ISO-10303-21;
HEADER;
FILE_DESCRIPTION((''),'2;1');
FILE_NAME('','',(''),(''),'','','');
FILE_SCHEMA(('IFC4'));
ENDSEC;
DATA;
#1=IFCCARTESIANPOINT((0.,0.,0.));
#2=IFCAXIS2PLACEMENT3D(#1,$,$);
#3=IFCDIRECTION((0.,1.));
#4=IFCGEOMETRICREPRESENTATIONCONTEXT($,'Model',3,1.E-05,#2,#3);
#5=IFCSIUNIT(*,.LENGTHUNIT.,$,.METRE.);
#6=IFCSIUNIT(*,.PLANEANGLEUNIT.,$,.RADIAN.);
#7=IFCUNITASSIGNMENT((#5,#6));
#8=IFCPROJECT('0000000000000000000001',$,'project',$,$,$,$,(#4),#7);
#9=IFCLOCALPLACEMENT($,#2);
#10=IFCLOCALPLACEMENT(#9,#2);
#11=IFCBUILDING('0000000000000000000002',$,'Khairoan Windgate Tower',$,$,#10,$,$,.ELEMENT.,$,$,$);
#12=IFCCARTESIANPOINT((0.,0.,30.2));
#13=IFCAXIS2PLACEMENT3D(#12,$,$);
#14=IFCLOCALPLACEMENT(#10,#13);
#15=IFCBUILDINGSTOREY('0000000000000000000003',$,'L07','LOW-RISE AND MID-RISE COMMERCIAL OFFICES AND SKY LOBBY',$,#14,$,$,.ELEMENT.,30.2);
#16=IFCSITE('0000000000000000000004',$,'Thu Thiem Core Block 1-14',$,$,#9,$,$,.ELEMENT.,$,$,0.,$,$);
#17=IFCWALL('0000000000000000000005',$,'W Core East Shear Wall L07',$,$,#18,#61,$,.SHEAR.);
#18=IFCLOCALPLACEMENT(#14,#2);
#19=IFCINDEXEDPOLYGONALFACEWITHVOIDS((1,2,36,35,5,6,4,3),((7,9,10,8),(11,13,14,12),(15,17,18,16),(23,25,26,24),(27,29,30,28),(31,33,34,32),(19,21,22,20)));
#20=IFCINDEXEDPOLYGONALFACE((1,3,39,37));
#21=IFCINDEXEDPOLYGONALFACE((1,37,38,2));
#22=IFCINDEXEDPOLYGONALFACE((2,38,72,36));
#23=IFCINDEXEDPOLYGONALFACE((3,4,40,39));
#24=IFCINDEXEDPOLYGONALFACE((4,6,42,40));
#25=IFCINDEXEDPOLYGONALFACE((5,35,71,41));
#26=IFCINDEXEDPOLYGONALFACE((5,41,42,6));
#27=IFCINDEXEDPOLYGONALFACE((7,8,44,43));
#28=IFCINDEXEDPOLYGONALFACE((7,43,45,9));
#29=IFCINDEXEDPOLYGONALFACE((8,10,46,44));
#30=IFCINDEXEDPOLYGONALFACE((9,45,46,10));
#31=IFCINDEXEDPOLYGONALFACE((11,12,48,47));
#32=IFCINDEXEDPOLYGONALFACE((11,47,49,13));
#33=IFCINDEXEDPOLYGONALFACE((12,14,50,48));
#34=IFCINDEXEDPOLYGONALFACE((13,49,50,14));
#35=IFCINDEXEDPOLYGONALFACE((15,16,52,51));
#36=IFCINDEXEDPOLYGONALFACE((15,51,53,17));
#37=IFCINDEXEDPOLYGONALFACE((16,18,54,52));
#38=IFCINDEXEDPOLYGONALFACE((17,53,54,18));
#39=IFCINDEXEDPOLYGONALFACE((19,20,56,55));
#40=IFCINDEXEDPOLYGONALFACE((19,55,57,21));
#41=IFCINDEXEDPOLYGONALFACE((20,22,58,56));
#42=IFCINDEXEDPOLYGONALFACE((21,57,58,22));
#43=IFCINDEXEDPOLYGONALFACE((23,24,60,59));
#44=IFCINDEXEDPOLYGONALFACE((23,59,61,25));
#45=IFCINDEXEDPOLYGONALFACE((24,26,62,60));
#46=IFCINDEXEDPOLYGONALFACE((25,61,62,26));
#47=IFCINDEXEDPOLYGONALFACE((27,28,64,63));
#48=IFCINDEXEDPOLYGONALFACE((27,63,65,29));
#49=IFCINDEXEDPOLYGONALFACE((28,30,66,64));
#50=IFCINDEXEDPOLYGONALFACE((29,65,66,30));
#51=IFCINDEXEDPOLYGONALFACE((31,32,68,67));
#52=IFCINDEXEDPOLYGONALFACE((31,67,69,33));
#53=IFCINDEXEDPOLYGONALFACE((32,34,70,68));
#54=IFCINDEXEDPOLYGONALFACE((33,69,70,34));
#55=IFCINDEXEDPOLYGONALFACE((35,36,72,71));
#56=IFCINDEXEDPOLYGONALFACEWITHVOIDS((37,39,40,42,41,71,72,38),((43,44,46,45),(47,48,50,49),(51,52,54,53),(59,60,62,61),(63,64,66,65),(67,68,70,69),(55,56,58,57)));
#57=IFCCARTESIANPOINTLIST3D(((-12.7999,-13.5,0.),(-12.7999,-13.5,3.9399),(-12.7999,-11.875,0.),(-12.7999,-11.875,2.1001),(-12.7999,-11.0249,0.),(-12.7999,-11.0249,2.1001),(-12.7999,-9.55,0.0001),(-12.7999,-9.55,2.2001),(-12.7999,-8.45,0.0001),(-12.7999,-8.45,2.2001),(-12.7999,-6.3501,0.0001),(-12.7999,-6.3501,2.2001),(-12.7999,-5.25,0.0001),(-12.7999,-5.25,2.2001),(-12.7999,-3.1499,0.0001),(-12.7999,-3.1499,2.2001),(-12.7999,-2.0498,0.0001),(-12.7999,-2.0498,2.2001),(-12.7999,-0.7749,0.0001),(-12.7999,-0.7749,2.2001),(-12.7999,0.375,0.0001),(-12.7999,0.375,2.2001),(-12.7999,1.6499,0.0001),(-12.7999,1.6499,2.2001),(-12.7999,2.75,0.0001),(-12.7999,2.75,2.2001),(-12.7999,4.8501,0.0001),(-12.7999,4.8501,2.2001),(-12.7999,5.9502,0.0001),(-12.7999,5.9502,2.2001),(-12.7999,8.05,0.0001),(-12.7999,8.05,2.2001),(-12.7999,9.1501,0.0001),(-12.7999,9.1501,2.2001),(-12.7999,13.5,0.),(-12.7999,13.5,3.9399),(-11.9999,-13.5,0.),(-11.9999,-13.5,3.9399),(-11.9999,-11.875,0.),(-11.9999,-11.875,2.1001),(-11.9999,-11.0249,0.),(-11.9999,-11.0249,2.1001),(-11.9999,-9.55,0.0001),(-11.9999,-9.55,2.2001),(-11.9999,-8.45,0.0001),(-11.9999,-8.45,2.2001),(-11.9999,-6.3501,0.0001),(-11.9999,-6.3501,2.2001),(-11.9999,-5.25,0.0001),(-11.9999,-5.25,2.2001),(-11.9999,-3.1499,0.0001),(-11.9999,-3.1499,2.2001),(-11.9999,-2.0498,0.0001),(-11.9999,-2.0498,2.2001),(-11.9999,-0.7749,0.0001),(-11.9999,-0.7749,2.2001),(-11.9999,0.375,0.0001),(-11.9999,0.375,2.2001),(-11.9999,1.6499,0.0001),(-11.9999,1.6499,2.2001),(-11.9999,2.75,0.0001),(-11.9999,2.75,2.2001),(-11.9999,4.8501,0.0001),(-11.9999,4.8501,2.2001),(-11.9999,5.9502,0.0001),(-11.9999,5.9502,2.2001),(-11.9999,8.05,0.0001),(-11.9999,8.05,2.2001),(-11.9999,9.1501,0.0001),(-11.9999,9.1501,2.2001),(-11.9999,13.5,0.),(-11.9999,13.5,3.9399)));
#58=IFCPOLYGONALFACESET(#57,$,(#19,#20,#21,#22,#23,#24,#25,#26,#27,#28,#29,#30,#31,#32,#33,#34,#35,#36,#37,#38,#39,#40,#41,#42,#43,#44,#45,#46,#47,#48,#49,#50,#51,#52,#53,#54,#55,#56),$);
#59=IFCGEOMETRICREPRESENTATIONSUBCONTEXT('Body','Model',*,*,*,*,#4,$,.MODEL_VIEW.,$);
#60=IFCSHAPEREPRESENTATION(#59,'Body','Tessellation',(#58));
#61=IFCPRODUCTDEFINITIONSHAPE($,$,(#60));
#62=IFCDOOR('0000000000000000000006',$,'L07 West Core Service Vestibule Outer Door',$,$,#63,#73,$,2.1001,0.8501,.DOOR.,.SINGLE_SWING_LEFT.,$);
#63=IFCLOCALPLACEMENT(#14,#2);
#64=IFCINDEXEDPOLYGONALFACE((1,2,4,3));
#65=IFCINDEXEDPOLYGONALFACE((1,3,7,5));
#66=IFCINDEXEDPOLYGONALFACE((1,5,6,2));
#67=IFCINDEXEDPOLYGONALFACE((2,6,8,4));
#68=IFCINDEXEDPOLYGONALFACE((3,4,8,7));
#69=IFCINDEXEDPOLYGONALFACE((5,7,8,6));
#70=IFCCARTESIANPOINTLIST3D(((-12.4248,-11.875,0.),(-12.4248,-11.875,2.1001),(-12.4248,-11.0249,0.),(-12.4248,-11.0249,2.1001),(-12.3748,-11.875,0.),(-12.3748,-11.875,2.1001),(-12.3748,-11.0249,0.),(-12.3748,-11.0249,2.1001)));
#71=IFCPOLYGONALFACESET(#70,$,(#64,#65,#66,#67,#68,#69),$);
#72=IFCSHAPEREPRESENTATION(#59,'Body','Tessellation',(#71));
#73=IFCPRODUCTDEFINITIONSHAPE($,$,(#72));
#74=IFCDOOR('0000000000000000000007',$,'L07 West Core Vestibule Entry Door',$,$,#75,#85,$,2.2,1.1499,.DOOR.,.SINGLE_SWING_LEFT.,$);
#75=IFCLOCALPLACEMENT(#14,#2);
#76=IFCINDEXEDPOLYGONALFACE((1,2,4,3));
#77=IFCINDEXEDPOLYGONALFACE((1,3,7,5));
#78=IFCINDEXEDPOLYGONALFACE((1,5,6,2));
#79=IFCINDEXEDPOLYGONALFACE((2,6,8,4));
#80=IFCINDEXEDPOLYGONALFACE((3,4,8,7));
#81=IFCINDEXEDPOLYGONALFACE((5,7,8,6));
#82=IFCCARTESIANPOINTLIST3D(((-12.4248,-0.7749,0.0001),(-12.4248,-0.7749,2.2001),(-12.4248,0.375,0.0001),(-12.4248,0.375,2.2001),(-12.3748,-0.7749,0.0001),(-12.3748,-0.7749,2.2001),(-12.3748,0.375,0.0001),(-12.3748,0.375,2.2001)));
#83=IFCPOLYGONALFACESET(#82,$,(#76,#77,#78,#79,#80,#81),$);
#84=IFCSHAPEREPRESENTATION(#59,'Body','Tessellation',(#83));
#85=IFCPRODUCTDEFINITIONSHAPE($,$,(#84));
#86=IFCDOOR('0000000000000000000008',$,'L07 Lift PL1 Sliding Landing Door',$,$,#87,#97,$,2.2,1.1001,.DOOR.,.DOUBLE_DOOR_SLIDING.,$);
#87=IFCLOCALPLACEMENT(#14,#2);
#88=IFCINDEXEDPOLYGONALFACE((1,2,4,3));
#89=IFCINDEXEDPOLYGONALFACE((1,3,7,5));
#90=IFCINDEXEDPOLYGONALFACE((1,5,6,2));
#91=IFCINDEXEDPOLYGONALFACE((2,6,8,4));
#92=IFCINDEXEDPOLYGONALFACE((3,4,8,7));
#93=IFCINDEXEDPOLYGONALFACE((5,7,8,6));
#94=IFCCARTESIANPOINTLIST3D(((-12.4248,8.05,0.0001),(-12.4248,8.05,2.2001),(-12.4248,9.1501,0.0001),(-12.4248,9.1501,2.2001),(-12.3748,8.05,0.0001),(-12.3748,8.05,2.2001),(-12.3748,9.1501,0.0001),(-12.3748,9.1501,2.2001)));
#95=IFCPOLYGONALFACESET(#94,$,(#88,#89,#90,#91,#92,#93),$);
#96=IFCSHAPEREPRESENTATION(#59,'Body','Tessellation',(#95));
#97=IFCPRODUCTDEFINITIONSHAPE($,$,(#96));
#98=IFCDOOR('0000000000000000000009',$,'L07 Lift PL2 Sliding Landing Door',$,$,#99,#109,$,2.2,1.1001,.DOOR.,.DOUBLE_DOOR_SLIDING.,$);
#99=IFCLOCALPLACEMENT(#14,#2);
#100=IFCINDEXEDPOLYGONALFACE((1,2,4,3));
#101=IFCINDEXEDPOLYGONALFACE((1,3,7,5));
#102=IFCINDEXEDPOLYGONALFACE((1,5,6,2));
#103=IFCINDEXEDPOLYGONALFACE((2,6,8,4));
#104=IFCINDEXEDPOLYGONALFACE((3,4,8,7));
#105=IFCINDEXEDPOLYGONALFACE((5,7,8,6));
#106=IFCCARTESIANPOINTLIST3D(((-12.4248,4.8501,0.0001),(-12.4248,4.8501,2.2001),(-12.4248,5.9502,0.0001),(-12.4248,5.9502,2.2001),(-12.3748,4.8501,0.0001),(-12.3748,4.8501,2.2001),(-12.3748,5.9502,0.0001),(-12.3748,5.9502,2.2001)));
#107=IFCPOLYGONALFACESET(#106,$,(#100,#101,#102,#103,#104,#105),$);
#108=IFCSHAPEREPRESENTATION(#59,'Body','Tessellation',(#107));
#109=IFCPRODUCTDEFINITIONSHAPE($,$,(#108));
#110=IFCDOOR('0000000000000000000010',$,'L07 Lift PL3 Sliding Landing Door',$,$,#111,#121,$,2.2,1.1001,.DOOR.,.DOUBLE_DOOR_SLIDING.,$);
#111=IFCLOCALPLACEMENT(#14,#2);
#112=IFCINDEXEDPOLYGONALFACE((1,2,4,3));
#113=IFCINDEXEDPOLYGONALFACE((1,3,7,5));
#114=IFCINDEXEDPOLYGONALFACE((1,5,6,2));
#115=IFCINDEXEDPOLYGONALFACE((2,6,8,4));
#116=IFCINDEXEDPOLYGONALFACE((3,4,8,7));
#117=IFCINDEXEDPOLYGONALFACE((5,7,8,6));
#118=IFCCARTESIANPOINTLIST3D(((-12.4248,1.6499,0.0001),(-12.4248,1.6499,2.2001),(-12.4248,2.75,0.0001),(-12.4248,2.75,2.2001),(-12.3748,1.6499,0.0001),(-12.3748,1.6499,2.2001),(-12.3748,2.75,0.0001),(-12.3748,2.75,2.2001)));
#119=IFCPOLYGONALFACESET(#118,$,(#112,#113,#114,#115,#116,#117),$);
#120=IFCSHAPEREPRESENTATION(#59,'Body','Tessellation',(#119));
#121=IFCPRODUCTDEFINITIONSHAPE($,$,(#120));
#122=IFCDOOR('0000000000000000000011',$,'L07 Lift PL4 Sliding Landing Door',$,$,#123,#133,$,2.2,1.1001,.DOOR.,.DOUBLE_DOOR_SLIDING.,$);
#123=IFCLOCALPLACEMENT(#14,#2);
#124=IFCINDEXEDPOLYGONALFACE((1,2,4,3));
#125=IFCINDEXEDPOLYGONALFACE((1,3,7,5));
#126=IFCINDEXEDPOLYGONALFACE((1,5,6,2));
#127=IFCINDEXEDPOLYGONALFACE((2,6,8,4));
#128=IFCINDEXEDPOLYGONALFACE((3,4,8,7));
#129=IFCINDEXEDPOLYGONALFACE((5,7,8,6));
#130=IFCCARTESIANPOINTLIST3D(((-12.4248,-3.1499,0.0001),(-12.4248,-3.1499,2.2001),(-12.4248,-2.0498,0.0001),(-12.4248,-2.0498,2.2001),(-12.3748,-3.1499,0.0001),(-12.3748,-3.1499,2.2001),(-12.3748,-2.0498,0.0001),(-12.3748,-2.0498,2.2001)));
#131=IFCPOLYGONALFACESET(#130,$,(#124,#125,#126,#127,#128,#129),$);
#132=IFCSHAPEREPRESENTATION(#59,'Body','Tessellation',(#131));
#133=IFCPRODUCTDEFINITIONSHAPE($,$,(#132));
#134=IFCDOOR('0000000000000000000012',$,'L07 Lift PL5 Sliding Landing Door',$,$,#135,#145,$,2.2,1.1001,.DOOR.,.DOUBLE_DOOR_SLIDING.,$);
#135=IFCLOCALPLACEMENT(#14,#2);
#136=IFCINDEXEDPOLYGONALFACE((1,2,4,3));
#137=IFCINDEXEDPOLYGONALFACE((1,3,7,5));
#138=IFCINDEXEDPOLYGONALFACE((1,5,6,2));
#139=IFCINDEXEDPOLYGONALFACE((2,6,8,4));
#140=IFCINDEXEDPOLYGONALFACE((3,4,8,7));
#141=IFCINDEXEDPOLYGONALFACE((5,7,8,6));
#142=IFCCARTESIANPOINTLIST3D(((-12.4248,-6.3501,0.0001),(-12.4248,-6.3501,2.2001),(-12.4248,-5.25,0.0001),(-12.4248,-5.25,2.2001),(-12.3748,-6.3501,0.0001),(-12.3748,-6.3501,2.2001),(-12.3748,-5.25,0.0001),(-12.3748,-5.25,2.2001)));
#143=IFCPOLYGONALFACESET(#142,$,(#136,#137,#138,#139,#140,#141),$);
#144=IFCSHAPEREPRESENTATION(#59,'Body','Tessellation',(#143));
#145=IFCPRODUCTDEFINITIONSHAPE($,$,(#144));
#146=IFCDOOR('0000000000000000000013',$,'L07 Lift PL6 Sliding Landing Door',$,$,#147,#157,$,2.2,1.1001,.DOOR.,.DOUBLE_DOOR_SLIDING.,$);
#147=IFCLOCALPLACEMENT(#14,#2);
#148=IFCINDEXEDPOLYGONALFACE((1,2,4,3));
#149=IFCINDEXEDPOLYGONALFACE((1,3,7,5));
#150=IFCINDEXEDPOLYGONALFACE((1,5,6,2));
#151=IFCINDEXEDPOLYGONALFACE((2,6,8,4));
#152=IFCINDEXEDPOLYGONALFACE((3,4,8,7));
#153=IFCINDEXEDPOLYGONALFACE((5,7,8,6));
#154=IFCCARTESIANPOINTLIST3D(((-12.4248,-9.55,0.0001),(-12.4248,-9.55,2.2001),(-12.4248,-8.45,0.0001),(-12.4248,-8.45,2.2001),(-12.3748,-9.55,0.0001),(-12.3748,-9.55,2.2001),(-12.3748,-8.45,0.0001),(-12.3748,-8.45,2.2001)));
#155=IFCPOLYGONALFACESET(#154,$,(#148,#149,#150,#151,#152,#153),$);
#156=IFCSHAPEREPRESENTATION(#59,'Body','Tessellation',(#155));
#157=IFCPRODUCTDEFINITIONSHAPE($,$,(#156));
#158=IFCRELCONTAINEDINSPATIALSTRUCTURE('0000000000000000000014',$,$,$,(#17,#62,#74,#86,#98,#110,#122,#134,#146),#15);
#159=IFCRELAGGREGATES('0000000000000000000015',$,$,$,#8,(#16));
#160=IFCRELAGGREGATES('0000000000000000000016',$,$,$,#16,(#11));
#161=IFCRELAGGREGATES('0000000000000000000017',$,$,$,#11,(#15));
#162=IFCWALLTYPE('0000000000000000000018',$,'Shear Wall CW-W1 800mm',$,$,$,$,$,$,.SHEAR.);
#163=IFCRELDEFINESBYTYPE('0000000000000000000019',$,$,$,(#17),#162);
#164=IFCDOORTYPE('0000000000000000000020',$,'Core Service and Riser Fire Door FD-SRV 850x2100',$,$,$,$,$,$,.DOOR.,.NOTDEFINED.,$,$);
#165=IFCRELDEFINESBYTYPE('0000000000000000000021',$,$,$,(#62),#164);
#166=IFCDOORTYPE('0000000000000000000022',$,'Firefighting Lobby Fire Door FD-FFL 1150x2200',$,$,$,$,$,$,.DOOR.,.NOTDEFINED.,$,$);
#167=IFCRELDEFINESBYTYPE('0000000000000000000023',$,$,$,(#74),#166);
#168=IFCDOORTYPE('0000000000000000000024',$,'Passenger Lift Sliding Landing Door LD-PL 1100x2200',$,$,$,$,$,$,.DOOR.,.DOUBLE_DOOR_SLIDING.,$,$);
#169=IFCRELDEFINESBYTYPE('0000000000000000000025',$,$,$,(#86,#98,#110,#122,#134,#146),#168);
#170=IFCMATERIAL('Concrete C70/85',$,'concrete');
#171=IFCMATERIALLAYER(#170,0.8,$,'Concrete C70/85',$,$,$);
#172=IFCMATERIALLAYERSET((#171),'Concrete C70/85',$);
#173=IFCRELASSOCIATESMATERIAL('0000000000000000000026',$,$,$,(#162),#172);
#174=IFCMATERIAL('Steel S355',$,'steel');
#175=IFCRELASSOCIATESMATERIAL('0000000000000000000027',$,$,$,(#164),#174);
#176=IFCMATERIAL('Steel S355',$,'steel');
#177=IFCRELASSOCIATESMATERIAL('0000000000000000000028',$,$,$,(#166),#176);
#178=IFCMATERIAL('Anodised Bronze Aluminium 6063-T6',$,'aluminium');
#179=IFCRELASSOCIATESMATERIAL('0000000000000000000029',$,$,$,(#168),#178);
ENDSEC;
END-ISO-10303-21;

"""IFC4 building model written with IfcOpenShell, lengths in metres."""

from ifc_helpers import new_model, si_unit, direction, frame, frame_2d, origin, place, context, subcontext, project, spatial, rectangle, extrude, material, layer, layer_set, type_object, element, fill, save


model = new_model("IFC4")

# Units and contexts
model_context = context("Model", 3, precision=1e-05, world=origin(), true_north=direction((0.0, 1.0)))
body_context = subcontext(model_context, "Body", "Model", "MODEL_VIEW")
ifc_project = project(units=[si_unit("LENGTHUNIT", "METRE"), si_unit("PLANEANGLEUNIT", "RADIAN")], contexts=[model_context])

# Site, building, storey
site_placement = place(None, origin())
site = spatial("IfcSite", under=ifc_project, at=site_placement, Name="Thu Thiem Core Block 1-14", CompositionType="ELEMENT", RefElevation=0.0)
building_placement = place(site_placement, origin())
building = spatial("IfcBuilding", under=site, at=building_placement, Name="Khairoan Windgate Tower", CompositionType="ELEMENT")
storey_placement = place(building_placement, frame((0.0, 0.0, 30.2)))
storey = spatial("IfcBuildingStorey", under=building, at=storey_placement, Name="L07", Description="LOW-RISE AND MID-RISE COMMERCIAL OFFICES AND SKY LOBBY", CompositionType="ELEMENT", Elevation=30.2)

# Wall, openings, doors
ifc_material_1 = material(Name="Concrete C70/85", Category="concrete")
ifc_layer_1 = layer(ifc_material_1, 0.8, Name="Concrete C70/85")
ifc_layer_set_1 = layer_set([ifc_layer_1], Name="Concrete C70/85")
wall_type = type_object("IfcWallType", Name="Shear Wall CW-W1 800mm", PredefinedType="SHEAR", material=ifc_layer_set_1)
wall_placement = place(storey_placement, frame((-12.3999, -13.5, 0.0), z_axis=(0.0, 0.0, 1.0), x_axis=(0.0, 1.0, 0.0)))
wall = element("IfcWall", 1, at=wall_placement, inside=storey, type_object=wall_type, Name="W Core East Shear Wall L07", PredefinedType="SHEAR", context=body_context, shape_type="SweptSolid", body=[
    extrude(rectangle(XDim=27.0, YDim=0.8, at=frame_2d((13.5, 0.0))), origin(), (0.0, 0.0, 1.0), 3.9399),
])
opening_1_placement = place(wall_placement, frame((21.55, 0.0, 0.0)))
opening_1 = element("IfcOpeningElement", 2, at=opening_1_placement, cuts=wall, PredefinedType="OPENING", context=body_context, shape_type="SweptSolid", body=[
    extrude(rectangle(XDim=1.1001, YDim=2.2, at=frame_2d((0.55, 1.1001))), frame((0.0, 0.4099, 0.0), z_axis=(0.0, -1.0, 0.0), x_axis=(1.0, 0.0, 0.0)), (0.0, 0.0, 1.0), 0.8201),
])
opening_2_placement = place(wall_placement, frame((18.3501, 0.0, 0.0)))
opening_2 = element("IfcOpeningElement", 3, at=opening_2_placement, cuts=wall, PredefinedType="OPENING", context=body_context, shape_type="SweptSolid", body=[
    extrude(rectangle(XDim=1.1001, YDim=2.2, at=frame_2d((0.55, 1.1001))), frame((0.0, 0.4099, 0.0), z_axis=(0.0, -1.0, 0.0), x_axis=(1.0, 0.0, 0.0)), (0.0, 0.0, 1.0), 0.8201),
])
opening_3_placement = place(wall_placement, frame((15.1499, 0.0, 0.0)))
opening_3 = element("IfcOpeningElement", 4, at=opening_3_placement, cuts=wall, PredefinedType="OPENING", context=body_context, shape_type="SweptSolid", body=[
    extrude(rectangle(XDim=1.1001, YDim=2.2, at=frame_2d((0.55, 1.1001))), frame((0.0, 0.4099, 0.0), z_axis=(0.0, -1.0, 0.0), x_axis=(1.0, 0.0, 0.0)), (0.0, 0.0, 1.0), 0.8201),
])
opening_4_placement = place(wall_placement, frame((10.3501, 0.0, 0.0)))
opening_4 = element("IfcOpeningElement", 5, at=opening_4_placement, cuts=wall, PredefinedType="OPENING", context=body_context, shape_type="SweptSolid", body=[
    extrude(rectangle(XDim=1.1001, YDim=2.2, at=frame_2d((0.55, 1.1001))), frame((0.0, 0.4099, 0.0), z_axis=(0.0, -1.0, 0.0), x_axis=(1.0, 0.0, 0.0)), (0.0, 0.0, 1.0), 0.8201),
])
opening_5_placement = place(wall_placement, frame((7.1499, 0.0, 0.0)))
opening_5 = element("IfcOpeningElement", 6, at=opening_5_placement, cuts=wall, PredefinedType="OPENING", context=body_context, shape_type="SweptSolid", body=[
    extrude(rectangle(XDim=1.1001, YDim=2.2, at=frame_2d((0.55, 1.1001))), frame((0.0, 0.4099, 0.0), z_axis=(0.0, -1.0, 0.0), x_axis=(1.0, 0.0, 0.0)), (0.0, 0.0, 1.0), 0.8201),
])
opening_6_placement = place(wall_placement, frame((3.95, 0.0, 0.0)))
opening_6 = element("IfcOpeningElement", 7, at=opening_6_placement, cuts=wall, PredefinedType="OPENING", context=body_context, shape_type="SweptSolid", body=[
    extrude(rectangle(XDim=1.1001, YDim=2.2, at=frame_2d((0.55, 1.1001))), frame((0.0, 0.4099, 0.0), z_axis=(0.0, -1.0, 0.0), x_axis=(1.0, 0.0, 0.0)), (0.0, 0.0, 1.0), 0.8201),
])
opening_7_placement = place(wall_placement, frame((12.7251, 0.0, 0.0)))
opening_7 = element("IfcOpeningElement", 8, at=opening_7_placement, cuts=wall, PredefinedType="OPENING", context=body_context, shape_type="SweptSolid", body=[
    extrude(rectangle(XDim=1.1499, YDim=2.2, at=frame_2d((0.575, 1.1001))), frame((0.0, 0.4099, 0.0), z_axis=(0.0, -1.0, 0.0), x_axis=(1.0, 0.0, 0.0)), (0.0, 0.0, 1.0), 0.8201),
])
opening_8_placement = place(wall_placement, frame((1.625, 0.0, 0.0)))
opening_8 = element("IfcOpeningElement", 9, at=opening_8_placement, cuts=wall, PredefinedType="OPENING", context=body_context, shape_type="SweptSolid", body=[
    extrude(rectangle(XDim=0.8501, YDim=2.1001, at=frame_2d((0.425, 1.05))), frame((0.0, 0.4099, 0.0), z_axis=(0.0, -1.0, 0.0), x_axis=(1.0, 0.0, 0.0)), (0.0, 0.0, 1.0), 0.8201),
])
ifc_material_2 = material(Name="Steel S355", Category="steel")
door_type_1 = type_object("IfcDoorType", Name="Core Service and Riser Fire Door FD-SRV 850x2100", OperationType="NOTDEFINED", PredefinedType="DOOR", material=ifc_material_2)
door_1_placement = place(opening_8_placement, origin())
door_1 = element("IfcDoor", 10, at=door_1_placement, inside=storey, type_object=door_type_1, Name="L07 West Core Service Vestibule Outer Door", OperationType="SINGLE_SWING_LEFT", OverallHeight=2.1001, OverallWidth=0.8501, PredefinedType="DOOR", context=body_context, shape_type="SweptSolid", body=[
    extrude(rectangle(XDim=0.8501, YDim=2.1001, at=frame_2d((0.425, 1.05))), frame((0.0, 0.0249, 0.0), z_axis=(0.0, -1.0, 0.0), x_axis=(1.0, 0.0, 0.0)), (0.0, 0.0, 1.0), 0.05),
])
fill(opening_8, door_1)
ifc_material_3 = material(Name="Steel S355", Category="steel")
door_type_2 = type_object("IfcDoorType", Name="Firefighting Lobby Fire Door FD-FFL 1150x2200", OperationType="NOTDEFINED", PredefinedType="DOOR", material=ifc_material_3)
door_2_placement = place(opening_7_placement, origin())
door_2 = element("IfcDoor", 11, at=door_2_placement, inside=storey, type_object=door_type_2, Name="L07 West Core Vestibule Entry Door", OperationType="SINGLE_SWING_LEFT", OverallHeight=2.2, OverallWidth=1.1499, PredefinedType="DOOR", context=body_context, shape_type="SweptSolid", body=[
    extrude(rectangle(XDim=1.1499, YDim=2.2, at=frame_2d((0.575, 1.1001))), frame((0.0, 0.0249, 0.0), z_axis=(0.0, -1.0, 0.0), x_axis=(1.0, 0.0, 0.0)), (0.0, 0.0, 1.0), 0.05),
])
fill(opening_7, door_2)
ifc_material_4 = material(Name="Anodised Bronze Aluminium 6063-T6", Category="aluminium")
door_type_3 = type_object("IfcDoorType", Name="Passenger Lift Sliding Landing Door LD-PL 1100x2200", OperationType="DOUBLE_DOOR_SLIDING", PredefinedType="DOOR", material=ifc_material_4)
door_3_placement = place(opening_1_placement, origin())
door_3 = element("IfcDoor", 12, at=door_3_placement, inside=storey, type_object=door_type_3, Name="L07 Lift PL1 Sliding Landing Door", OperationType="DOUBLE_DOOR_SLIDING", OverallHeight=2.2, OverallWidth=1.1001, PredefinedType="DOOR", context=body_context, shape_type="SweptSolid", body=[
    extrude(rectangle(XDim=1.1001, YDim=2.2, at=frame_2d((0.55, 1.1001))), frame((0.0, 0.0249, 0.0), z_axis=(0.0, -1.0, 0.0), x_axis=(1.0, 0.0, 0.0)), (0.0, 0.0, 1.0), 0.05),
])
fill(opening_1, door_3)
door_4_placement = place(opening_2_placement, origin())
door_4 = element("IfcDoor", 13, at=door_4_placement, inside=storey, type_object=door_type_3, Name="L07 Lift PL2 Sliding Landing Door", OperationType="DOUBLE_DOOR_SLIDING", OverallHeight=2.2, OverallWidth=1.1001, PredefinedType="DOOR", context=body_context, shape_type="SweptSolid", body=[
    extrude(rectangle(XDim=1.1001, YDim=2.2, at=frame_2d((0.55, 1.1001))), frame((0.0, 0.0249, 0.0), z_axis=(0.0, -1.0, 0.0), x_axis=(1.0, 0.0, 0.0)), (0.0, 0.0, 1.0), 0.05),
])
fill(opening_2, door_4)
door_5_placement = place(opening_3_placement, origin())
door_5 = element("IfcDoor", 14, at=door_5_placement, inside=storey, type_object=door_type_3, Name="L07 Lift PL3 Sliding Landing Door", OperationType="DOUBLE_DOOR_SLIDING", OverallHeight=2.2, OverallWidth=1.1001, PredefinedType="DOOR", context=body_context, shape_type="SweptSolid", body=[
    extrude(rectangle(XDim=1.1001, YDim=2.2, at=frame_2d((0.55, 1.1001))), frame((0.0, 0.0249, 0.0), z_axis=(0.0, -1.0, 0.0), x_axis=(1.0, 0.0, 0.0)), (0.0, 0.0, 1.0), 0.05),
])
fill(opening_3, door_5)
door_6_placement = place(opening_4_placement, origin())
door_6 = element("IfcDoor", 15, at=door_6_placement, inside=storey, type_object=door_type_3, Name="L07 Lift PL4 Sliding Landing Door", OperationType="DOUBLE_DOOR_SLIDING", OverallHeight=2.2, OverallWidth=1.1001, PredefinedType="DOOR", context=body_context, shape_type="SweptSolid", body=[
    extrude(rectangle(XDim=1.1001, YDim=2.2, at=frame_2d((0.55, 1.1001))), frame((0.0, 0.0249, 0.0), z_axis=(0.0, -1.0, 0.0), x_axis=(1.0, 0.0, 0.0)), (0.0, 0.0, 1.0), 0.05),
])
fill(opening_4, door_6)
door_7_placement = place(opening_5_placement, origin())
door_7 = element("IfcDoor", 16, at=door_7_placement, inside=storey, type_object=door_type_3, Name="L07 Lift PL5 Sliding Landing Door", OperationType="DOUBLE_DOOR_SLIDING", OverallHeight=2.2, OverallWidth=1.1001, PredefinedType="DOOR", context=body_context, shape_type="SweptSolid", body=[
    extrude(rectangle(XDim=1.1001, YDim=2.2, at=frame_2d((0.55, 1.1001))), frame((0.0, 0.0249, 0.0), z_axis=(0.0, -1.0, 0.0), x_axis=(1.0, 0.0, 0.0)), (0.0, 0.0, 1.0), 0.05),
])
fill(opening_5, door_7)
door_8_placement = place(opening_6_placement, origin())
door_8 = element("IfcDoor", 17, at=door_8_placement, inside=storey, type_object=door_type_3, Name="L07 Lift PL6 Sliding Landing Door", OperationType="DOUBLE_DOOR_SLIDING", OverallHeight=2.2, OverallWidth=1.1001, PredefinedType="DOOR", context=body_context, shape_type="SweptSolid", body=[
    extrude(rectangle(XDim=1.1001, YDim=2.2, at=frame_2d((0.55, 1.1001))), frame((0.0, 0.0249, 0.0), z_axis=(0.0, -1.0, 0.0), x_axis=(1.0, 0.0, 0.0)), (0.0, 0.0, 1.0), 0.05),
])
fill(opening_6, door_8)

save(model, "model.ifc")
